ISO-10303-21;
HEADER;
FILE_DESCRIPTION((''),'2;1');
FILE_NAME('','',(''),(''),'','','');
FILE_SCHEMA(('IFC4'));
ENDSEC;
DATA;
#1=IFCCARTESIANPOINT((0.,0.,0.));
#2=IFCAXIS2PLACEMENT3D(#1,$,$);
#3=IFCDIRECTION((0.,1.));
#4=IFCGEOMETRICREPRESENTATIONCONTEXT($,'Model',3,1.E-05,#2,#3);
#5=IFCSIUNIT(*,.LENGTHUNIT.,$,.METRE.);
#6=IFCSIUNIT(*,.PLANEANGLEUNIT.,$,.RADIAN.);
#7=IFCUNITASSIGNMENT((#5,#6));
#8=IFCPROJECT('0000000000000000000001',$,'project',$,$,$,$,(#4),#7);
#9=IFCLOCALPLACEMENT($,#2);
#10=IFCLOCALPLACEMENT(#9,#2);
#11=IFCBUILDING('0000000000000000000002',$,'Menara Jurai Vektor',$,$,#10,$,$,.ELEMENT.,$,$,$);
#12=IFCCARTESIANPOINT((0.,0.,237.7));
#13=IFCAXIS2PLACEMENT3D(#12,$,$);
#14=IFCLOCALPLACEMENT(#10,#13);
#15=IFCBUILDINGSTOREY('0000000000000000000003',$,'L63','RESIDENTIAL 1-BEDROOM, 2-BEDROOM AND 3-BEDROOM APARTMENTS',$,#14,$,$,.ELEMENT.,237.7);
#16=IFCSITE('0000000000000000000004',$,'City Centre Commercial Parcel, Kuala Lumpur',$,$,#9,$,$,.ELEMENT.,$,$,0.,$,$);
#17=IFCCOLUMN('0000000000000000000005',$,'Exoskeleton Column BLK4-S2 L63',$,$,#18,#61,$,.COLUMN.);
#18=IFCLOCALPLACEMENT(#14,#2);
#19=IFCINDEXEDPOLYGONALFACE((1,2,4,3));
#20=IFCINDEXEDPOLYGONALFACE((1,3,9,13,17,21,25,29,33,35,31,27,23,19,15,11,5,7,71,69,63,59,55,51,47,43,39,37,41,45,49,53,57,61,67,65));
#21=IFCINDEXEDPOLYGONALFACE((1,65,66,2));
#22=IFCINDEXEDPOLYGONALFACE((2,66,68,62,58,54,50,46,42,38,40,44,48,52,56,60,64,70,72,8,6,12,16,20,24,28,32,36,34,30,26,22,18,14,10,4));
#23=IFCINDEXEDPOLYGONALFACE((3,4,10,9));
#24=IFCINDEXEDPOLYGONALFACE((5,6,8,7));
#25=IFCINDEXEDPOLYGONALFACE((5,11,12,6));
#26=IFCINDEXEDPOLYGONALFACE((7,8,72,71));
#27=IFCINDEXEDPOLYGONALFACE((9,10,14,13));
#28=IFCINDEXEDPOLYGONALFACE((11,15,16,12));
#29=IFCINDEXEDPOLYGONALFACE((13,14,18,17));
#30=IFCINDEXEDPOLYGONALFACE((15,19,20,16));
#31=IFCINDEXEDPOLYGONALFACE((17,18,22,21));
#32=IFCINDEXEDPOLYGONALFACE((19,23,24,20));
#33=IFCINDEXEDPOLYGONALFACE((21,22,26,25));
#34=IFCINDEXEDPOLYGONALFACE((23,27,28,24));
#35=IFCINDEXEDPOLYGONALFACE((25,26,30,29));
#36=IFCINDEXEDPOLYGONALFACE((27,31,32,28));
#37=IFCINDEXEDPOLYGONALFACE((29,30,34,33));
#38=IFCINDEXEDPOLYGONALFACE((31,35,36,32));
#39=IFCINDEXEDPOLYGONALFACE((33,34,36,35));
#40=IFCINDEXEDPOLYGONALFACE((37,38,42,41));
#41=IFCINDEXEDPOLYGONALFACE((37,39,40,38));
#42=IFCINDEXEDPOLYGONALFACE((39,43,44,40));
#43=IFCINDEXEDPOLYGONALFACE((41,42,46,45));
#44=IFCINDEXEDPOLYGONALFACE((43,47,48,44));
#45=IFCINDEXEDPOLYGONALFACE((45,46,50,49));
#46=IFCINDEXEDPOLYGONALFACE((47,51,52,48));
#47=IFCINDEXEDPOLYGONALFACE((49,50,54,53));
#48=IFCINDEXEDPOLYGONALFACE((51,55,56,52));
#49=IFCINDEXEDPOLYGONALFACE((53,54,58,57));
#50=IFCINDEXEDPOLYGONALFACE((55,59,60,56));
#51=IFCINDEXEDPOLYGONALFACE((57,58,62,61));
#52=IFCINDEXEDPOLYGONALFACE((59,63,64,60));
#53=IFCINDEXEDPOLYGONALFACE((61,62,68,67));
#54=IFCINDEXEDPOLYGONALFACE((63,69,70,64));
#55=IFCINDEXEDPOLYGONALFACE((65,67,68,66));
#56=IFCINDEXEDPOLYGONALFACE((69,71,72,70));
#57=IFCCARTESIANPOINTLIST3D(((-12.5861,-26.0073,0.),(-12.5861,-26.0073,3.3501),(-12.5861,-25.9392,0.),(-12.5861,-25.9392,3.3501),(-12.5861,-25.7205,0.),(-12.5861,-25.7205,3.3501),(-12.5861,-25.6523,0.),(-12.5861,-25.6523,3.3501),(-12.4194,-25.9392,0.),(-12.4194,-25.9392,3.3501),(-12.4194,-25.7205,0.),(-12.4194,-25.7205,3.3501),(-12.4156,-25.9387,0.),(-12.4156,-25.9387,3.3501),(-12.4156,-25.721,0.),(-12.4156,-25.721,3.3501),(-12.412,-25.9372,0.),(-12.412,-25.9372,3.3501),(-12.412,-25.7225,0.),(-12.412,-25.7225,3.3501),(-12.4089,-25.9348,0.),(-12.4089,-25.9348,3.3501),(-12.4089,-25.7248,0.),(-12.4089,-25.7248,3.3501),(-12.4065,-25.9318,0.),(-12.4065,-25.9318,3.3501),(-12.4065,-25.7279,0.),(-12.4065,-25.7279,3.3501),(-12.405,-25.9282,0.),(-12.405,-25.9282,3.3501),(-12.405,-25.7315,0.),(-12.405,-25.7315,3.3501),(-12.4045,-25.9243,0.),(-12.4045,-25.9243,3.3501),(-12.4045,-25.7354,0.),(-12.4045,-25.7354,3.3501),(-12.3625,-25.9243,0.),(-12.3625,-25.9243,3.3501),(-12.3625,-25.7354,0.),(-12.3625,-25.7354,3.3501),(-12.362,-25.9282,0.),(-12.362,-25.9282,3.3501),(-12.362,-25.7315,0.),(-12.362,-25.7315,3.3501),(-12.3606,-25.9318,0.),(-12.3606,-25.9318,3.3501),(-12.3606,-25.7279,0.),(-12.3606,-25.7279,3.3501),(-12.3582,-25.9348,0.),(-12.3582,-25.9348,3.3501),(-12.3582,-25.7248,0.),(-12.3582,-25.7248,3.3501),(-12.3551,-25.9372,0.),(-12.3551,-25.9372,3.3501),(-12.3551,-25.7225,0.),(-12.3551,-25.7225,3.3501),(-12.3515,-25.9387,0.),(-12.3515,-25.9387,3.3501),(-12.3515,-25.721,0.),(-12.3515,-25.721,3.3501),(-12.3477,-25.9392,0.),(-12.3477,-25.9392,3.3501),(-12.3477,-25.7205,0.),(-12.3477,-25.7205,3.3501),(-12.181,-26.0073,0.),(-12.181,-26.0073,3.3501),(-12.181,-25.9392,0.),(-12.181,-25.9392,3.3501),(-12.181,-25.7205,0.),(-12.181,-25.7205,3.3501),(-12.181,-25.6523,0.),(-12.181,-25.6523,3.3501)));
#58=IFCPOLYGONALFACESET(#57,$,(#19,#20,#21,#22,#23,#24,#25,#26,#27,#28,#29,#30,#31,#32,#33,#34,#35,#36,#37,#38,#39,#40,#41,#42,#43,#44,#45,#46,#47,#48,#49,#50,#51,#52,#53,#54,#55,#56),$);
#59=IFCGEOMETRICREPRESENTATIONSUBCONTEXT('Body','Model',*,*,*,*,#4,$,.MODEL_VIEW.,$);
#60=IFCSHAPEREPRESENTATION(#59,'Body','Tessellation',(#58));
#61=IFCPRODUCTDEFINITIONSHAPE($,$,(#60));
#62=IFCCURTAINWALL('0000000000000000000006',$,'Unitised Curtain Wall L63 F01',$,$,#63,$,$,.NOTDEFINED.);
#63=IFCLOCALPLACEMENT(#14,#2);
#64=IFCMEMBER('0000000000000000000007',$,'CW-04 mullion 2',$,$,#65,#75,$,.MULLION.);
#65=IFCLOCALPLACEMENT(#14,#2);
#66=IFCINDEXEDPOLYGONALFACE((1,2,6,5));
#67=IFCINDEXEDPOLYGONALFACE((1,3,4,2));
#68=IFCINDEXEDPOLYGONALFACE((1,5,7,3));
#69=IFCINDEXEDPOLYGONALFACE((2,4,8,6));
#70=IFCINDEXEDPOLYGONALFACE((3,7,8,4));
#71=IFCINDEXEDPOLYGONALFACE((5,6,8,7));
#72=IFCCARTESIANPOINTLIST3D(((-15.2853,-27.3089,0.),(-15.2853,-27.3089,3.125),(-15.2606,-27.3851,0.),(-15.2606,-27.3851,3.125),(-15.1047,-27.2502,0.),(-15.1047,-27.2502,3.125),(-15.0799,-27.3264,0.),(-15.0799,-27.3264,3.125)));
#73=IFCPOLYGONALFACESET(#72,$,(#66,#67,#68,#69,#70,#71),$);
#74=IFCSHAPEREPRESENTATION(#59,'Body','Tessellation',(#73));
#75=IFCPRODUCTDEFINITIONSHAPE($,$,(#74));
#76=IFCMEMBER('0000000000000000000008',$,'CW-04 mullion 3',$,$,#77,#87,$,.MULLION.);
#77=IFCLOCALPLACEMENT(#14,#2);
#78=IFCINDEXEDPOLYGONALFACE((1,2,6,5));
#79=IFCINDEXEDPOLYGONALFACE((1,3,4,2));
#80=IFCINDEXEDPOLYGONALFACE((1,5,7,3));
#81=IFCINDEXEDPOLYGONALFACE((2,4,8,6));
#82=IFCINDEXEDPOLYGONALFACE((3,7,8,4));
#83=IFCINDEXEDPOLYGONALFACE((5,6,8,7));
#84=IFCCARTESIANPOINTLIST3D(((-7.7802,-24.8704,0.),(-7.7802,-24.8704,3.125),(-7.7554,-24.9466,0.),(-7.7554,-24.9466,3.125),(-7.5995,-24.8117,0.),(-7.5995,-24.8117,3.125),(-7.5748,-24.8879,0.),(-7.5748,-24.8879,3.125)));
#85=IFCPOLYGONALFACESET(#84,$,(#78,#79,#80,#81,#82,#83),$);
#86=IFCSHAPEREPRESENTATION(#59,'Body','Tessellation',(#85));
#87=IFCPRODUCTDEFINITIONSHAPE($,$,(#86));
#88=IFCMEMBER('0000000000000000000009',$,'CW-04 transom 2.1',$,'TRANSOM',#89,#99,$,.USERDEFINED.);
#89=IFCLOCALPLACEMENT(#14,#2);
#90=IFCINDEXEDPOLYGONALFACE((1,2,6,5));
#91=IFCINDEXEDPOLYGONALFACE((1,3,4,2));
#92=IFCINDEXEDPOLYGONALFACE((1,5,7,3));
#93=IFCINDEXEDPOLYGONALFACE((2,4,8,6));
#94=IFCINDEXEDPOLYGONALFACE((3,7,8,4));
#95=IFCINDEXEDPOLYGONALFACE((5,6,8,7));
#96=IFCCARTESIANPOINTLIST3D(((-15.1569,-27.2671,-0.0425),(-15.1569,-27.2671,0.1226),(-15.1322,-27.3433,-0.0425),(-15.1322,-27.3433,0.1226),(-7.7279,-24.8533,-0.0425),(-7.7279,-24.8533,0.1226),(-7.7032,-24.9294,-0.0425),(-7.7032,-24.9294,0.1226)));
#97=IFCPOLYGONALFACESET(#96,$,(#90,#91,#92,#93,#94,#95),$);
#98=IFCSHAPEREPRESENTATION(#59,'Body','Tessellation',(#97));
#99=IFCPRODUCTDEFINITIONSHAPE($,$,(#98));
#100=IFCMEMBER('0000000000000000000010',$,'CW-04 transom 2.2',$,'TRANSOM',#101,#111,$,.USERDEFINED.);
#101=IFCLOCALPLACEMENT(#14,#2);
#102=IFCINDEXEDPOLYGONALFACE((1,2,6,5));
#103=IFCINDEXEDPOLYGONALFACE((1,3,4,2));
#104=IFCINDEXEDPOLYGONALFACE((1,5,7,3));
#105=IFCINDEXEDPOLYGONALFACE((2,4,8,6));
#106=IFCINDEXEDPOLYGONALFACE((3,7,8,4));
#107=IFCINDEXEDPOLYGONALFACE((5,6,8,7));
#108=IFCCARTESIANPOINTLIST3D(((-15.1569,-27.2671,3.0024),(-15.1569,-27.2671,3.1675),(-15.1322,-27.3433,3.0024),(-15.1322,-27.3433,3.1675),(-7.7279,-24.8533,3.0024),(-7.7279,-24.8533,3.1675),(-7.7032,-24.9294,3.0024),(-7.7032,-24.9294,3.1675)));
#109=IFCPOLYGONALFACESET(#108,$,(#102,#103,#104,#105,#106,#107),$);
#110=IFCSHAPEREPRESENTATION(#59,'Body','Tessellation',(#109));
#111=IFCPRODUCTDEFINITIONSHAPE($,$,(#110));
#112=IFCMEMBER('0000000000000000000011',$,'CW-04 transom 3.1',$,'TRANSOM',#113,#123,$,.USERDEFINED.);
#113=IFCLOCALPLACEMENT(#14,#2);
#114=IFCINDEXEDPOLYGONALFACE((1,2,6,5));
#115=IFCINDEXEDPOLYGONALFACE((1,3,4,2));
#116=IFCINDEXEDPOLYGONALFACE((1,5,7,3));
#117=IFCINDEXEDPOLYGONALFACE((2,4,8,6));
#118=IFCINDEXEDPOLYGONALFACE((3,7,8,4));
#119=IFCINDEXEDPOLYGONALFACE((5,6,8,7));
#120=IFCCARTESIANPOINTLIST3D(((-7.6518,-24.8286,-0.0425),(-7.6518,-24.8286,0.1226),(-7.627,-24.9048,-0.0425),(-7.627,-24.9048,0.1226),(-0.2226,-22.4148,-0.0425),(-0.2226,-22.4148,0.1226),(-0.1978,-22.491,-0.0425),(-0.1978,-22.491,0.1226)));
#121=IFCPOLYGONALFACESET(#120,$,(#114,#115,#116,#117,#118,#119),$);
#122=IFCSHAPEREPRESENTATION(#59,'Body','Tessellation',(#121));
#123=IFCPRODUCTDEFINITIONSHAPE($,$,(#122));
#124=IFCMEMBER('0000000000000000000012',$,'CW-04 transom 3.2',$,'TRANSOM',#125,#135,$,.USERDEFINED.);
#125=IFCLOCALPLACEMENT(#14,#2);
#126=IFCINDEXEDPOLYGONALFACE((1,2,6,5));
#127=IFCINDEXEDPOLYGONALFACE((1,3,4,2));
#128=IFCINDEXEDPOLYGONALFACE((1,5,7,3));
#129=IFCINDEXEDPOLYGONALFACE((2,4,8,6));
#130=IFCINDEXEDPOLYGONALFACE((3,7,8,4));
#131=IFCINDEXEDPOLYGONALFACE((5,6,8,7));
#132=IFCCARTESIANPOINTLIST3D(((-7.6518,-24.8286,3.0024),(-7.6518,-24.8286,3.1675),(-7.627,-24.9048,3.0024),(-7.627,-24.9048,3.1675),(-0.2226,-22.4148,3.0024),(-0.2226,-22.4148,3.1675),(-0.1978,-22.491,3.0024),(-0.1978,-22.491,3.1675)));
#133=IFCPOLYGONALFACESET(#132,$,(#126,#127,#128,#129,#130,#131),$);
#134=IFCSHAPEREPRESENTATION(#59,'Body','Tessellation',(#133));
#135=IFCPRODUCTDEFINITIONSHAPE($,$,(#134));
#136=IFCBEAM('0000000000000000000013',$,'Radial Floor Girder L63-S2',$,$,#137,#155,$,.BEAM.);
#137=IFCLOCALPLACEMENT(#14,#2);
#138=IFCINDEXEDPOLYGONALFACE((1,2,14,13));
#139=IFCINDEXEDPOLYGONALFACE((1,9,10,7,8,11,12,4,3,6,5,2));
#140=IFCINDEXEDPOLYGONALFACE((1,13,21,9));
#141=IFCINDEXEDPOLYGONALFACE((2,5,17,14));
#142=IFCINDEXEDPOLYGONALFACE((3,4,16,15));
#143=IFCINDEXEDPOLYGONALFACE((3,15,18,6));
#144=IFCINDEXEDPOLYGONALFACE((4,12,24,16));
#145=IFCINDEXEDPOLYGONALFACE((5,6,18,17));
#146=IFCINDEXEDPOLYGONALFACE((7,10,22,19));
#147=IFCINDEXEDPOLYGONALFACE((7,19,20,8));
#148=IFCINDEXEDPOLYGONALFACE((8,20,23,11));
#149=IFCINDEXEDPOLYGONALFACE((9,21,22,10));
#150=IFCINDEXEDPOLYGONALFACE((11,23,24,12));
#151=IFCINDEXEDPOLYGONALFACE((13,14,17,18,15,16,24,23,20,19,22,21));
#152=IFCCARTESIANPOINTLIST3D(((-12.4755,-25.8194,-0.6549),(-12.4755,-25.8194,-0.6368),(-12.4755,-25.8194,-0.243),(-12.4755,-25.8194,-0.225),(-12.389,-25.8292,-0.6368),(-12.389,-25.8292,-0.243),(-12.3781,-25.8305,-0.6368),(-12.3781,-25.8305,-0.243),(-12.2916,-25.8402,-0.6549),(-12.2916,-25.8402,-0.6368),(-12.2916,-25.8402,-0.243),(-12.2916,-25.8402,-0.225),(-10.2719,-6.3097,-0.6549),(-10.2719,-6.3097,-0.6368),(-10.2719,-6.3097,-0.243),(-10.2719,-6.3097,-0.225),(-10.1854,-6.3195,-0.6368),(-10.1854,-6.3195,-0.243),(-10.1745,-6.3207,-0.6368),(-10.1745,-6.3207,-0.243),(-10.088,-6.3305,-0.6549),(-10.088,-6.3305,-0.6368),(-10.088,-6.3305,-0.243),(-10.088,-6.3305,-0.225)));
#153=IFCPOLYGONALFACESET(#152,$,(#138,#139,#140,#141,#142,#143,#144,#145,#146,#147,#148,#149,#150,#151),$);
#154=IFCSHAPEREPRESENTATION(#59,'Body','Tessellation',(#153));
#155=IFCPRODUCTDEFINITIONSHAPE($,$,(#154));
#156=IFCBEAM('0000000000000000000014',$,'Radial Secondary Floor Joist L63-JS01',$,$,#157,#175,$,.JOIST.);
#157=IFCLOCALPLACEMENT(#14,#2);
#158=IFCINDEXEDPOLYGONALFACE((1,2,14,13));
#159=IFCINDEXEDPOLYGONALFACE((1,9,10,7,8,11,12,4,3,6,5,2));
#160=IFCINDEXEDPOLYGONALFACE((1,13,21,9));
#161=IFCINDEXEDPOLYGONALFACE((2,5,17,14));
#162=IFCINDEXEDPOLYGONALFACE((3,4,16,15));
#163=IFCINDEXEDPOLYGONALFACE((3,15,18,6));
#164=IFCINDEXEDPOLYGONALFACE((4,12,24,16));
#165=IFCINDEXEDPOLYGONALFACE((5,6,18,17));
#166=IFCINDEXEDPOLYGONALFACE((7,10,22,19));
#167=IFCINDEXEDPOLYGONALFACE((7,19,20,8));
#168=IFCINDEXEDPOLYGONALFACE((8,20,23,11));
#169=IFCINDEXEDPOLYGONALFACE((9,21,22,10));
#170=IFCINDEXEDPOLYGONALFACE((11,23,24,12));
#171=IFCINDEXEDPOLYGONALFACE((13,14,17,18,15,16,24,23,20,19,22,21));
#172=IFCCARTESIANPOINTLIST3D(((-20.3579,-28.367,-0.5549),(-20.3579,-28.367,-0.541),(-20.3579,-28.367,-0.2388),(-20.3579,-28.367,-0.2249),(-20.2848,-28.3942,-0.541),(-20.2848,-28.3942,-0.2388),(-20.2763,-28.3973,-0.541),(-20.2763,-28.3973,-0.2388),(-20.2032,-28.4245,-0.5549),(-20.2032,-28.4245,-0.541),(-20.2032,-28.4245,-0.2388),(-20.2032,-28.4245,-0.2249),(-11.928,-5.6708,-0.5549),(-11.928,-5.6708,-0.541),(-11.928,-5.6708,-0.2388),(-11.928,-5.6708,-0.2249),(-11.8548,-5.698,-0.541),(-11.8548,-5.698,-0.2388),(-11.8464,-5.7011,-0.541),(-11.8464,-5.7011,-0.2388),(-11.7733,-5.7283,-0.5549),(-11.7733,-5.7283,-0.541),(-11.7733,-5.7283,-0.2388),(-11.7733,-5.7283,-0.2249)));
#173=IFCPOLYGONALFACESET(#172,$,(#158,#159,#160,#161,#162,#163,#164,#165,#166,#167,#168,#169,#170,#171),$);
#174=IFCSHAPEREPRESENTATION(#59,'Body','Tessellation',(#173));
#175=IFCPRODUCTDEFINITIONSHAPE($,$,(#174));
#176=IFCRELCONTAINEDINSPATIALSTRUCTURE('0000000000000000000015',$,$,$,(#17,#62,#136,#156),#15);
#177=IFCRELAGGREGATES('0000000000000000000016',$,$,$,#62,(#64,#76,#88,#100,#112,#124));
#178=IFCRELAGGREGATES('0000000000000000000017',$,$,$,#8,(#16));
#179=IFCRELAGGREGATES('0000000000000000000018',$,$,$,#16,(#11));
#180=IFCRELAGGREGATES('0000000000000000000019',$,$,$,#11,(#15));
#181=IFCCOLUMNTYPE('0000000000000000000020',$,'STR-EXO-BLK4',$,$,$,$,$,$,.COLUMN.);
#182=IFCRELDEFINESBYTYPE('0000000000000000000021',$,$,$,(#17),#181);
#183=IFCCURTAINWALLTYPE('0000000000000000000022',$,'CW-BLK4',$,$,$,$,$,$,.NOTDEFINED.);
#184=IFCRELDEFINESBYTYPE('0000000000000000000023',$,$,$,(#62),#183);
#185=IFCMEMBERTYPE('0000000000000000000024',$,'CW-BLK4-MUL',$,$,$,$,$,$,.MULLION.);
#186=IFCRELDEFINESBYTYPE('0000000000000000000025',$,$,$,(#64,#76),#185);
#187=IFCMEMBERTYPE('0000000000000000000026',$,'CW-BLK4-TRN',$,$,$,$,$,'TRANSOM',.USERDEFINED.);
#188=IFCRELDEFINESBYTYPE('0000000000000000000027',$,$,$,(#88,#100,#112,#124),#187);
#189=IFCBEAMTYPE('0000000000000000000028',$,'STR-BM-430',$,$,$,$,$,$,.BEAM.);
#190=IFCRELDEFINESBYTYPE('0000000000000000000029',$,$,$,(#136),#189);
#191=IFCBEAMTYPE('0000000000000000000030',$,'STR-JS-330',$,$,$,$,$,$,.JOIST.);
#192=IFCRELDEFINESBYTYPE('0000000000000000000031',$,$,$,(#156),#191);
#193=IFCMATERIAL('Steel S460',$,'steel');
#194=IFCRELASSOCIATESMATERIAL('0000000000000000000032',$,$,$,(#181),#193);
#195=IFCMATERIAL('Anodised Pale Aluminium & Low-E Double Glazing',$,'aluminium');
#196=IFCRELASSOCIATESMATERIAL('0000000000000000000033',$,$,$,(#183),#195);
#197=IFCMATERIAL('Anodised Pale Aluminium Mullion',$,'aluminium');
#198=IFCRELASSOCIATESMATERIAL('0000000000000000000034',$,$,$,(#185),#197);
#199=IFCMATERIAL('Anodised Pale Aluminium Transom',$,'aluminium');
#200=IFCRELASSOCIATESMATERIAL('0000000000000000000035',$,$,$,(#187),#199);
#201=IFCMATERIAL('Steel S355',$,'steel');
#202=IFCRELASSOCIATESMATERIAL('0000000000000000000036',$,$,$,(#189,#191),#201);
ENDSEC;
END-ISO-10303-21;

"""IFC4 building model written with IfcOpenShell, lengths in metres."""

from ifc_helpers import new_model, si_unit, direction, frame, origin, origin_2d, place, context, subcontext, project, spatial, rectangle, i_section, extrude, material, material_profile, profile_set, type_object, element, aggregate, save


model = new_model("IFC4")

# Units and contexts
model_context = context("Model", 3, precision=1e-05, world=origin(), true_north=direction((0.0, 1.0)))
body_context = subcontext(model_context, "Body", "Model", "MODEL_VIEW")
ifc_project = project(units=[si_unit("LENGTHUNIT", "METRE"), si_unit("PLANEANGLEUNIT", "RADIAN")], contexts=[model_context])

# Site, building, storey
site_placement = place(None, origin())
site = spatial("IfcSite", under=ifc_project, at=site_placement, Name="City Centre Commercial Parcel, Kuala Lumpur", CompositionType="ELEMENT", RefElevation=0.0)
building_placement = place(site_placement, origin())
building = spatial("IfcBuilding", under=site, at=building_placement, Name="Menara Jurai Vektor", CompositionType="ELEMENT")
storey_placement = place(building_placement, frame((0.0, 0.0, 237.7)))
storey = spatial("IfcBuildingStorey", under=building, at=storey_placement, Name="L63", Description="RESIDENTIAL 1-BEDROOM, 2-BEDROOM AND 3-BEDROOM APARTMENTS", CompositionType="ELEMENT", Elevation=237.7)

# Column
ifc_material_1 = material(Name="Steel S460", Category="steel")
ifc_material_profile_1 = material_profile(ifc_material_1, i_section(OverallWidth=0.405, OverallDepth=0.355, WebThickness=0.042, FlangeThickness=0.0681, FilletRadius=0.0149, at=origin_2d()), Name="HD 400x551")
ifc_profile_set_1 = profile_set([ifc_material_profile_1], Name="Steel S460")
column_type = type_object("IfcColumnType", Name="STR-EXO-BLK4", PredefinedType="COLUMN", material=ifc_profile_set_1)
column_placement = place(storey_placement, frame((-12.3835, -25.8298, 0.0), z_axis=(0.0, 0.0, 1.0), x_axis=(1.0, 0.0, 0.0)))
element("IfcColumn", 1, at=column_placement, inside=storey, type_object=column_type, Name="Exoskeleton Column BLK4-S2 L63", PredefinedType="COLUMN", context=body_context, shape_type="SweptSolid", body=[
    extrude(i_section(OverallWidth=0.405, OverallDepth=0.355, WebThickness=0.042, FlangeThickness=0.0681, FilletRadius=0.0149, at=origin_2d()), origin(), (0.0, 0.0, 1.0), 3.3501),
])

# Curtain wall, members
ifc_material_2 = material(Name="Anodised Pale Aluminium & Low-E Double Glazing", Category="aluminium")
curtain_wall_type = type_object("IfcCurtainWallType", Name="CW-BLK4", PredefinedType="NOTDEFINED", material=ifc_material_2)
curtain_wall_placement = place(storey_placement, origin())
curtain_wall = element("IfcCurtainWall", 2, at=curtain_wall_placement, inside=storey, type_object=curtain_wall_type, Name="Unitised Curtain Wall L63 F01", PredefinedType="NOTDEFINED")
ifc_material_3 = material(Name="Anodised Pale Aluminium Mullion", Category="aluminium")
ifc_material_profile_2 = material_profile(ifc_material_3, rectangle(XDim=0.0801, YDim=0.1899, at=origin_2d()), Name="ALU MUL 80x190")
ifc_profile_set_2 = profile_set([ifc_material_profile_2], Name="Anodised Pale Aluminium Mullion")
member_type_1 = type_object("IfcMemberType", Name="CW-BLK4-MUL", PredefinedType="MULLION", material=ifc_profile_set_2)
member_1_placement = place(storey_placement, frame((-15.1826, -27.3176, 0.0), z_axis=(0.0, 0.0, 1.0), x_axis=(-0.309017, 0.951056, 0.0)))
member_1 = element("IfcMember", 3, at=member_1_placement, type_object=member_type_1, Name="CW-04 mullion 2", PredefinedType="MULLION", context=body_context, shape_type="SweptSolid", body=[
    extrude(rectangle(XDim=0.0801, YDim=0.1899, at=origin_2d()), origin(), (0.0, 0.0, 1.0), 3.125),
])
member_2_placement = place(storey_placement, frame((-7.6775, -24.8792, 0.0), z_axis=(0.0, 0.0, 1.0), x_axis=(-0.309017, 0.951056, 0.0)))
member_2 = element("IfcMember", 4, at=member_2_placement, type_object=member_type_1, Name="CW-04 mullion 3", PredefinedType="MULLION", context=body_context, shape_type="SweptSolid", body=[
    extrude(rectangle(XDim=0.0801, YDim=0.1899, at=origin_2d()), origin(), (0.0, 0.0, 1.0), 3.125),
])
ifc_material_4 = material(Name="Anodised Pale Aluminium Transom", Category="aluminium")
ifc_material_profile_3 = material_profile(ifc_material_4, rectangle(XDim=0.0801, YDim=0.165, at=origin_2d()), Name="ALU TRN 80x165")
ifc_profile_set_3 = profile_set([ifc_material_profile_3], Name="Anodised Pale Aluminium Transom")
member_type_2 = type_object("IfcMemberType", Name="CW-BLK4-TRN", ElementType="TRANSOM", PredefinedType="USERDEFINED", material=ifc_profile_set_3)
member_3_placement = place(storey_placement, frame((-15.1445, -27.3052, 0.04), z_axis=(0.951056, 0.309018, 0.0), x_axis=(-0.309018, 0.951056, 0.0)))
member_3 = element("IfcMember", 5, at=member_3_placement, type_object=member_type_2, Name="CW-04 transom 2.1", ObjectType="TRANSOM", PredefinedType="USERDEFINED", context=body_context, shape_type="SweptSolid", body=[
    extrude(rectangle(XDim=0.0801, YDim=0.165, at=origin_2d()), origin(), (0.0, 0.0, 1.0), 7.8113),
])
member_4_placement = place(storey_placement, frame((-15.1445, -27.3052, 3.085), z_axis=(0.951056, 0.309018, 0.0), x_axis=(-0.309018, 0.951056, 0.0)))
member_4 = element("IfcMember", 6, at=member_4_placement, type_object=member_type_2, Name="CW-04 transom 2.2", ObjectType="TRANSOM", PredefinedType="USERDEFINED", context=body_context, shape_type="SweptSolid", body=[
    extrude(rectangle(XDim=0.0801, YDim=0.165, at=origin_2d()), origin(), (0.0, 0.0, 1.0), 7.8113),
])
member_5_placement = place(storey_placement, frame((-7.6394, -24.8667, 0.04), z_axis=(0.951059, 0.309008, 0.0), x_axis=(-0.309008, 0.951059, 0.0)))
member_5 = element("IfcMember", 7, at=member_5_placement, type_object=member_type_2, Name="CW-04 transom 3.1", ObjectType="TRANSOM", PredefinedType="USERDEFINED", context=body_context, shape_type="SweptSolid", body=[
    extrude(rectangle(XDim=0.0801, YDim=0.165, at=origin_2d()), origin(), (0.0, 0.0, 1.0), 7.8115),
])
member_6_placement = place(storey_placement, frame((-7.6394, -24.8667, 3.085), z_axis=(0.951059, 0.309008, 0.0), x_axis=(-0.309008, 0.951059, 0.0)))
member_6 = element("IfcMember", 8, at=member_6_placement, type_object=member_type_2, Name="CW-04 transom 3.2", ObjectType="TRANSOM", PredefinedType="USERDEFINED", context=body_context, shape_type="SweptSolid", body=[
    extrude(rectangle(XDim=0.0801, YDim=0.165, at=origin_2d()), origin(), (0.0, 0.0, 1.0), 7.8115),
])

# Beams
ifc_material_5 = material(Name="Steel S355", Category="steel")
ifc_material_profile_4 = material_profile(ifc_material_5, i_section(OverallWidth=0.1851, OverallDepth=0.4299, WebThickness=0.011, FlangeThickness=0.0181, at=origin_2d()), Name="PG 430x185x76")
ifc_profile_set_4 = profile_set([ifc_material_profile_4], Name="Steel S355")
beam_type_1 = type_object("IfcBeamType", Name="STR-BM-430", PredefinedType="BEAM", material=ifc_profile_set_4)
beam_1_placement = place(storey_placement, frame((-12.3835, -25.8298, -0.4399), z_axis=(0.112236, 0.993682, 0.0), x_axis=(-0.993682, 0.112236, 0.0)))
element("IfcBeam", 9, at=beam_1_placement, inside=storey, type_object=beam_type_1, Name="Radial Floor Girder L63-S2", PredefinedType="BEAM", context=body_context, shape_type="SweptSolid", body=[
    extrude(i_section(OverallWidth=0.1851, OverallDepth=0.4299, WebThickness=0.011, FlangeThickness=0.0181, at=origin_2d()), origin(), (0.0, 0.0, 1.0), 19.6338),
])
ifc_material_profile_5 = material_profile(ifc_material_5, i_section(OverallWidth=0.165, OverallDepth=0.3301, WebThickness=0.009, FlangeThickness=0.0139, at=origin_2d()), Name="PG 330x165x46")
ifc_profile_set_5 = profile_set([ifc_material_profile_5], Name="Steel S355")
beam_type_2 = type_object("IfcBeamType", Name="STR-JS-330", PredefinedType="JOIST", material=ifc_profile_set_5)
beam_2_placement = place(storey_placement, frame((-20.2805, -28.3958, -0.3899), z_axis=(0.348182, 0.937427, 0.0), x_axis=(-0.937427, 0.348182, 0.0)))
element("IfcBeam", 10, at=beam_2_placement, inside=storey, type_object=beam_type_2, Name="Radial Secondary Floor Joist L63-JS01", PredefinedType="JOIST", context=body_context, shape_type="SweptSolid", body=[
    extrude(i_section(OverallWidth=0.165, OverallDepth=0.3301, WebThickness=0.009, FlangeThickness=0.0139, at=origin_2d()), origin(), (0.0, 0.0, 1.0), 24.2112),
])

aggregate(curtain_wall, [member_1, member_2, member_3, member_4, member_5, member_6])

save(model, "model.ifc")
